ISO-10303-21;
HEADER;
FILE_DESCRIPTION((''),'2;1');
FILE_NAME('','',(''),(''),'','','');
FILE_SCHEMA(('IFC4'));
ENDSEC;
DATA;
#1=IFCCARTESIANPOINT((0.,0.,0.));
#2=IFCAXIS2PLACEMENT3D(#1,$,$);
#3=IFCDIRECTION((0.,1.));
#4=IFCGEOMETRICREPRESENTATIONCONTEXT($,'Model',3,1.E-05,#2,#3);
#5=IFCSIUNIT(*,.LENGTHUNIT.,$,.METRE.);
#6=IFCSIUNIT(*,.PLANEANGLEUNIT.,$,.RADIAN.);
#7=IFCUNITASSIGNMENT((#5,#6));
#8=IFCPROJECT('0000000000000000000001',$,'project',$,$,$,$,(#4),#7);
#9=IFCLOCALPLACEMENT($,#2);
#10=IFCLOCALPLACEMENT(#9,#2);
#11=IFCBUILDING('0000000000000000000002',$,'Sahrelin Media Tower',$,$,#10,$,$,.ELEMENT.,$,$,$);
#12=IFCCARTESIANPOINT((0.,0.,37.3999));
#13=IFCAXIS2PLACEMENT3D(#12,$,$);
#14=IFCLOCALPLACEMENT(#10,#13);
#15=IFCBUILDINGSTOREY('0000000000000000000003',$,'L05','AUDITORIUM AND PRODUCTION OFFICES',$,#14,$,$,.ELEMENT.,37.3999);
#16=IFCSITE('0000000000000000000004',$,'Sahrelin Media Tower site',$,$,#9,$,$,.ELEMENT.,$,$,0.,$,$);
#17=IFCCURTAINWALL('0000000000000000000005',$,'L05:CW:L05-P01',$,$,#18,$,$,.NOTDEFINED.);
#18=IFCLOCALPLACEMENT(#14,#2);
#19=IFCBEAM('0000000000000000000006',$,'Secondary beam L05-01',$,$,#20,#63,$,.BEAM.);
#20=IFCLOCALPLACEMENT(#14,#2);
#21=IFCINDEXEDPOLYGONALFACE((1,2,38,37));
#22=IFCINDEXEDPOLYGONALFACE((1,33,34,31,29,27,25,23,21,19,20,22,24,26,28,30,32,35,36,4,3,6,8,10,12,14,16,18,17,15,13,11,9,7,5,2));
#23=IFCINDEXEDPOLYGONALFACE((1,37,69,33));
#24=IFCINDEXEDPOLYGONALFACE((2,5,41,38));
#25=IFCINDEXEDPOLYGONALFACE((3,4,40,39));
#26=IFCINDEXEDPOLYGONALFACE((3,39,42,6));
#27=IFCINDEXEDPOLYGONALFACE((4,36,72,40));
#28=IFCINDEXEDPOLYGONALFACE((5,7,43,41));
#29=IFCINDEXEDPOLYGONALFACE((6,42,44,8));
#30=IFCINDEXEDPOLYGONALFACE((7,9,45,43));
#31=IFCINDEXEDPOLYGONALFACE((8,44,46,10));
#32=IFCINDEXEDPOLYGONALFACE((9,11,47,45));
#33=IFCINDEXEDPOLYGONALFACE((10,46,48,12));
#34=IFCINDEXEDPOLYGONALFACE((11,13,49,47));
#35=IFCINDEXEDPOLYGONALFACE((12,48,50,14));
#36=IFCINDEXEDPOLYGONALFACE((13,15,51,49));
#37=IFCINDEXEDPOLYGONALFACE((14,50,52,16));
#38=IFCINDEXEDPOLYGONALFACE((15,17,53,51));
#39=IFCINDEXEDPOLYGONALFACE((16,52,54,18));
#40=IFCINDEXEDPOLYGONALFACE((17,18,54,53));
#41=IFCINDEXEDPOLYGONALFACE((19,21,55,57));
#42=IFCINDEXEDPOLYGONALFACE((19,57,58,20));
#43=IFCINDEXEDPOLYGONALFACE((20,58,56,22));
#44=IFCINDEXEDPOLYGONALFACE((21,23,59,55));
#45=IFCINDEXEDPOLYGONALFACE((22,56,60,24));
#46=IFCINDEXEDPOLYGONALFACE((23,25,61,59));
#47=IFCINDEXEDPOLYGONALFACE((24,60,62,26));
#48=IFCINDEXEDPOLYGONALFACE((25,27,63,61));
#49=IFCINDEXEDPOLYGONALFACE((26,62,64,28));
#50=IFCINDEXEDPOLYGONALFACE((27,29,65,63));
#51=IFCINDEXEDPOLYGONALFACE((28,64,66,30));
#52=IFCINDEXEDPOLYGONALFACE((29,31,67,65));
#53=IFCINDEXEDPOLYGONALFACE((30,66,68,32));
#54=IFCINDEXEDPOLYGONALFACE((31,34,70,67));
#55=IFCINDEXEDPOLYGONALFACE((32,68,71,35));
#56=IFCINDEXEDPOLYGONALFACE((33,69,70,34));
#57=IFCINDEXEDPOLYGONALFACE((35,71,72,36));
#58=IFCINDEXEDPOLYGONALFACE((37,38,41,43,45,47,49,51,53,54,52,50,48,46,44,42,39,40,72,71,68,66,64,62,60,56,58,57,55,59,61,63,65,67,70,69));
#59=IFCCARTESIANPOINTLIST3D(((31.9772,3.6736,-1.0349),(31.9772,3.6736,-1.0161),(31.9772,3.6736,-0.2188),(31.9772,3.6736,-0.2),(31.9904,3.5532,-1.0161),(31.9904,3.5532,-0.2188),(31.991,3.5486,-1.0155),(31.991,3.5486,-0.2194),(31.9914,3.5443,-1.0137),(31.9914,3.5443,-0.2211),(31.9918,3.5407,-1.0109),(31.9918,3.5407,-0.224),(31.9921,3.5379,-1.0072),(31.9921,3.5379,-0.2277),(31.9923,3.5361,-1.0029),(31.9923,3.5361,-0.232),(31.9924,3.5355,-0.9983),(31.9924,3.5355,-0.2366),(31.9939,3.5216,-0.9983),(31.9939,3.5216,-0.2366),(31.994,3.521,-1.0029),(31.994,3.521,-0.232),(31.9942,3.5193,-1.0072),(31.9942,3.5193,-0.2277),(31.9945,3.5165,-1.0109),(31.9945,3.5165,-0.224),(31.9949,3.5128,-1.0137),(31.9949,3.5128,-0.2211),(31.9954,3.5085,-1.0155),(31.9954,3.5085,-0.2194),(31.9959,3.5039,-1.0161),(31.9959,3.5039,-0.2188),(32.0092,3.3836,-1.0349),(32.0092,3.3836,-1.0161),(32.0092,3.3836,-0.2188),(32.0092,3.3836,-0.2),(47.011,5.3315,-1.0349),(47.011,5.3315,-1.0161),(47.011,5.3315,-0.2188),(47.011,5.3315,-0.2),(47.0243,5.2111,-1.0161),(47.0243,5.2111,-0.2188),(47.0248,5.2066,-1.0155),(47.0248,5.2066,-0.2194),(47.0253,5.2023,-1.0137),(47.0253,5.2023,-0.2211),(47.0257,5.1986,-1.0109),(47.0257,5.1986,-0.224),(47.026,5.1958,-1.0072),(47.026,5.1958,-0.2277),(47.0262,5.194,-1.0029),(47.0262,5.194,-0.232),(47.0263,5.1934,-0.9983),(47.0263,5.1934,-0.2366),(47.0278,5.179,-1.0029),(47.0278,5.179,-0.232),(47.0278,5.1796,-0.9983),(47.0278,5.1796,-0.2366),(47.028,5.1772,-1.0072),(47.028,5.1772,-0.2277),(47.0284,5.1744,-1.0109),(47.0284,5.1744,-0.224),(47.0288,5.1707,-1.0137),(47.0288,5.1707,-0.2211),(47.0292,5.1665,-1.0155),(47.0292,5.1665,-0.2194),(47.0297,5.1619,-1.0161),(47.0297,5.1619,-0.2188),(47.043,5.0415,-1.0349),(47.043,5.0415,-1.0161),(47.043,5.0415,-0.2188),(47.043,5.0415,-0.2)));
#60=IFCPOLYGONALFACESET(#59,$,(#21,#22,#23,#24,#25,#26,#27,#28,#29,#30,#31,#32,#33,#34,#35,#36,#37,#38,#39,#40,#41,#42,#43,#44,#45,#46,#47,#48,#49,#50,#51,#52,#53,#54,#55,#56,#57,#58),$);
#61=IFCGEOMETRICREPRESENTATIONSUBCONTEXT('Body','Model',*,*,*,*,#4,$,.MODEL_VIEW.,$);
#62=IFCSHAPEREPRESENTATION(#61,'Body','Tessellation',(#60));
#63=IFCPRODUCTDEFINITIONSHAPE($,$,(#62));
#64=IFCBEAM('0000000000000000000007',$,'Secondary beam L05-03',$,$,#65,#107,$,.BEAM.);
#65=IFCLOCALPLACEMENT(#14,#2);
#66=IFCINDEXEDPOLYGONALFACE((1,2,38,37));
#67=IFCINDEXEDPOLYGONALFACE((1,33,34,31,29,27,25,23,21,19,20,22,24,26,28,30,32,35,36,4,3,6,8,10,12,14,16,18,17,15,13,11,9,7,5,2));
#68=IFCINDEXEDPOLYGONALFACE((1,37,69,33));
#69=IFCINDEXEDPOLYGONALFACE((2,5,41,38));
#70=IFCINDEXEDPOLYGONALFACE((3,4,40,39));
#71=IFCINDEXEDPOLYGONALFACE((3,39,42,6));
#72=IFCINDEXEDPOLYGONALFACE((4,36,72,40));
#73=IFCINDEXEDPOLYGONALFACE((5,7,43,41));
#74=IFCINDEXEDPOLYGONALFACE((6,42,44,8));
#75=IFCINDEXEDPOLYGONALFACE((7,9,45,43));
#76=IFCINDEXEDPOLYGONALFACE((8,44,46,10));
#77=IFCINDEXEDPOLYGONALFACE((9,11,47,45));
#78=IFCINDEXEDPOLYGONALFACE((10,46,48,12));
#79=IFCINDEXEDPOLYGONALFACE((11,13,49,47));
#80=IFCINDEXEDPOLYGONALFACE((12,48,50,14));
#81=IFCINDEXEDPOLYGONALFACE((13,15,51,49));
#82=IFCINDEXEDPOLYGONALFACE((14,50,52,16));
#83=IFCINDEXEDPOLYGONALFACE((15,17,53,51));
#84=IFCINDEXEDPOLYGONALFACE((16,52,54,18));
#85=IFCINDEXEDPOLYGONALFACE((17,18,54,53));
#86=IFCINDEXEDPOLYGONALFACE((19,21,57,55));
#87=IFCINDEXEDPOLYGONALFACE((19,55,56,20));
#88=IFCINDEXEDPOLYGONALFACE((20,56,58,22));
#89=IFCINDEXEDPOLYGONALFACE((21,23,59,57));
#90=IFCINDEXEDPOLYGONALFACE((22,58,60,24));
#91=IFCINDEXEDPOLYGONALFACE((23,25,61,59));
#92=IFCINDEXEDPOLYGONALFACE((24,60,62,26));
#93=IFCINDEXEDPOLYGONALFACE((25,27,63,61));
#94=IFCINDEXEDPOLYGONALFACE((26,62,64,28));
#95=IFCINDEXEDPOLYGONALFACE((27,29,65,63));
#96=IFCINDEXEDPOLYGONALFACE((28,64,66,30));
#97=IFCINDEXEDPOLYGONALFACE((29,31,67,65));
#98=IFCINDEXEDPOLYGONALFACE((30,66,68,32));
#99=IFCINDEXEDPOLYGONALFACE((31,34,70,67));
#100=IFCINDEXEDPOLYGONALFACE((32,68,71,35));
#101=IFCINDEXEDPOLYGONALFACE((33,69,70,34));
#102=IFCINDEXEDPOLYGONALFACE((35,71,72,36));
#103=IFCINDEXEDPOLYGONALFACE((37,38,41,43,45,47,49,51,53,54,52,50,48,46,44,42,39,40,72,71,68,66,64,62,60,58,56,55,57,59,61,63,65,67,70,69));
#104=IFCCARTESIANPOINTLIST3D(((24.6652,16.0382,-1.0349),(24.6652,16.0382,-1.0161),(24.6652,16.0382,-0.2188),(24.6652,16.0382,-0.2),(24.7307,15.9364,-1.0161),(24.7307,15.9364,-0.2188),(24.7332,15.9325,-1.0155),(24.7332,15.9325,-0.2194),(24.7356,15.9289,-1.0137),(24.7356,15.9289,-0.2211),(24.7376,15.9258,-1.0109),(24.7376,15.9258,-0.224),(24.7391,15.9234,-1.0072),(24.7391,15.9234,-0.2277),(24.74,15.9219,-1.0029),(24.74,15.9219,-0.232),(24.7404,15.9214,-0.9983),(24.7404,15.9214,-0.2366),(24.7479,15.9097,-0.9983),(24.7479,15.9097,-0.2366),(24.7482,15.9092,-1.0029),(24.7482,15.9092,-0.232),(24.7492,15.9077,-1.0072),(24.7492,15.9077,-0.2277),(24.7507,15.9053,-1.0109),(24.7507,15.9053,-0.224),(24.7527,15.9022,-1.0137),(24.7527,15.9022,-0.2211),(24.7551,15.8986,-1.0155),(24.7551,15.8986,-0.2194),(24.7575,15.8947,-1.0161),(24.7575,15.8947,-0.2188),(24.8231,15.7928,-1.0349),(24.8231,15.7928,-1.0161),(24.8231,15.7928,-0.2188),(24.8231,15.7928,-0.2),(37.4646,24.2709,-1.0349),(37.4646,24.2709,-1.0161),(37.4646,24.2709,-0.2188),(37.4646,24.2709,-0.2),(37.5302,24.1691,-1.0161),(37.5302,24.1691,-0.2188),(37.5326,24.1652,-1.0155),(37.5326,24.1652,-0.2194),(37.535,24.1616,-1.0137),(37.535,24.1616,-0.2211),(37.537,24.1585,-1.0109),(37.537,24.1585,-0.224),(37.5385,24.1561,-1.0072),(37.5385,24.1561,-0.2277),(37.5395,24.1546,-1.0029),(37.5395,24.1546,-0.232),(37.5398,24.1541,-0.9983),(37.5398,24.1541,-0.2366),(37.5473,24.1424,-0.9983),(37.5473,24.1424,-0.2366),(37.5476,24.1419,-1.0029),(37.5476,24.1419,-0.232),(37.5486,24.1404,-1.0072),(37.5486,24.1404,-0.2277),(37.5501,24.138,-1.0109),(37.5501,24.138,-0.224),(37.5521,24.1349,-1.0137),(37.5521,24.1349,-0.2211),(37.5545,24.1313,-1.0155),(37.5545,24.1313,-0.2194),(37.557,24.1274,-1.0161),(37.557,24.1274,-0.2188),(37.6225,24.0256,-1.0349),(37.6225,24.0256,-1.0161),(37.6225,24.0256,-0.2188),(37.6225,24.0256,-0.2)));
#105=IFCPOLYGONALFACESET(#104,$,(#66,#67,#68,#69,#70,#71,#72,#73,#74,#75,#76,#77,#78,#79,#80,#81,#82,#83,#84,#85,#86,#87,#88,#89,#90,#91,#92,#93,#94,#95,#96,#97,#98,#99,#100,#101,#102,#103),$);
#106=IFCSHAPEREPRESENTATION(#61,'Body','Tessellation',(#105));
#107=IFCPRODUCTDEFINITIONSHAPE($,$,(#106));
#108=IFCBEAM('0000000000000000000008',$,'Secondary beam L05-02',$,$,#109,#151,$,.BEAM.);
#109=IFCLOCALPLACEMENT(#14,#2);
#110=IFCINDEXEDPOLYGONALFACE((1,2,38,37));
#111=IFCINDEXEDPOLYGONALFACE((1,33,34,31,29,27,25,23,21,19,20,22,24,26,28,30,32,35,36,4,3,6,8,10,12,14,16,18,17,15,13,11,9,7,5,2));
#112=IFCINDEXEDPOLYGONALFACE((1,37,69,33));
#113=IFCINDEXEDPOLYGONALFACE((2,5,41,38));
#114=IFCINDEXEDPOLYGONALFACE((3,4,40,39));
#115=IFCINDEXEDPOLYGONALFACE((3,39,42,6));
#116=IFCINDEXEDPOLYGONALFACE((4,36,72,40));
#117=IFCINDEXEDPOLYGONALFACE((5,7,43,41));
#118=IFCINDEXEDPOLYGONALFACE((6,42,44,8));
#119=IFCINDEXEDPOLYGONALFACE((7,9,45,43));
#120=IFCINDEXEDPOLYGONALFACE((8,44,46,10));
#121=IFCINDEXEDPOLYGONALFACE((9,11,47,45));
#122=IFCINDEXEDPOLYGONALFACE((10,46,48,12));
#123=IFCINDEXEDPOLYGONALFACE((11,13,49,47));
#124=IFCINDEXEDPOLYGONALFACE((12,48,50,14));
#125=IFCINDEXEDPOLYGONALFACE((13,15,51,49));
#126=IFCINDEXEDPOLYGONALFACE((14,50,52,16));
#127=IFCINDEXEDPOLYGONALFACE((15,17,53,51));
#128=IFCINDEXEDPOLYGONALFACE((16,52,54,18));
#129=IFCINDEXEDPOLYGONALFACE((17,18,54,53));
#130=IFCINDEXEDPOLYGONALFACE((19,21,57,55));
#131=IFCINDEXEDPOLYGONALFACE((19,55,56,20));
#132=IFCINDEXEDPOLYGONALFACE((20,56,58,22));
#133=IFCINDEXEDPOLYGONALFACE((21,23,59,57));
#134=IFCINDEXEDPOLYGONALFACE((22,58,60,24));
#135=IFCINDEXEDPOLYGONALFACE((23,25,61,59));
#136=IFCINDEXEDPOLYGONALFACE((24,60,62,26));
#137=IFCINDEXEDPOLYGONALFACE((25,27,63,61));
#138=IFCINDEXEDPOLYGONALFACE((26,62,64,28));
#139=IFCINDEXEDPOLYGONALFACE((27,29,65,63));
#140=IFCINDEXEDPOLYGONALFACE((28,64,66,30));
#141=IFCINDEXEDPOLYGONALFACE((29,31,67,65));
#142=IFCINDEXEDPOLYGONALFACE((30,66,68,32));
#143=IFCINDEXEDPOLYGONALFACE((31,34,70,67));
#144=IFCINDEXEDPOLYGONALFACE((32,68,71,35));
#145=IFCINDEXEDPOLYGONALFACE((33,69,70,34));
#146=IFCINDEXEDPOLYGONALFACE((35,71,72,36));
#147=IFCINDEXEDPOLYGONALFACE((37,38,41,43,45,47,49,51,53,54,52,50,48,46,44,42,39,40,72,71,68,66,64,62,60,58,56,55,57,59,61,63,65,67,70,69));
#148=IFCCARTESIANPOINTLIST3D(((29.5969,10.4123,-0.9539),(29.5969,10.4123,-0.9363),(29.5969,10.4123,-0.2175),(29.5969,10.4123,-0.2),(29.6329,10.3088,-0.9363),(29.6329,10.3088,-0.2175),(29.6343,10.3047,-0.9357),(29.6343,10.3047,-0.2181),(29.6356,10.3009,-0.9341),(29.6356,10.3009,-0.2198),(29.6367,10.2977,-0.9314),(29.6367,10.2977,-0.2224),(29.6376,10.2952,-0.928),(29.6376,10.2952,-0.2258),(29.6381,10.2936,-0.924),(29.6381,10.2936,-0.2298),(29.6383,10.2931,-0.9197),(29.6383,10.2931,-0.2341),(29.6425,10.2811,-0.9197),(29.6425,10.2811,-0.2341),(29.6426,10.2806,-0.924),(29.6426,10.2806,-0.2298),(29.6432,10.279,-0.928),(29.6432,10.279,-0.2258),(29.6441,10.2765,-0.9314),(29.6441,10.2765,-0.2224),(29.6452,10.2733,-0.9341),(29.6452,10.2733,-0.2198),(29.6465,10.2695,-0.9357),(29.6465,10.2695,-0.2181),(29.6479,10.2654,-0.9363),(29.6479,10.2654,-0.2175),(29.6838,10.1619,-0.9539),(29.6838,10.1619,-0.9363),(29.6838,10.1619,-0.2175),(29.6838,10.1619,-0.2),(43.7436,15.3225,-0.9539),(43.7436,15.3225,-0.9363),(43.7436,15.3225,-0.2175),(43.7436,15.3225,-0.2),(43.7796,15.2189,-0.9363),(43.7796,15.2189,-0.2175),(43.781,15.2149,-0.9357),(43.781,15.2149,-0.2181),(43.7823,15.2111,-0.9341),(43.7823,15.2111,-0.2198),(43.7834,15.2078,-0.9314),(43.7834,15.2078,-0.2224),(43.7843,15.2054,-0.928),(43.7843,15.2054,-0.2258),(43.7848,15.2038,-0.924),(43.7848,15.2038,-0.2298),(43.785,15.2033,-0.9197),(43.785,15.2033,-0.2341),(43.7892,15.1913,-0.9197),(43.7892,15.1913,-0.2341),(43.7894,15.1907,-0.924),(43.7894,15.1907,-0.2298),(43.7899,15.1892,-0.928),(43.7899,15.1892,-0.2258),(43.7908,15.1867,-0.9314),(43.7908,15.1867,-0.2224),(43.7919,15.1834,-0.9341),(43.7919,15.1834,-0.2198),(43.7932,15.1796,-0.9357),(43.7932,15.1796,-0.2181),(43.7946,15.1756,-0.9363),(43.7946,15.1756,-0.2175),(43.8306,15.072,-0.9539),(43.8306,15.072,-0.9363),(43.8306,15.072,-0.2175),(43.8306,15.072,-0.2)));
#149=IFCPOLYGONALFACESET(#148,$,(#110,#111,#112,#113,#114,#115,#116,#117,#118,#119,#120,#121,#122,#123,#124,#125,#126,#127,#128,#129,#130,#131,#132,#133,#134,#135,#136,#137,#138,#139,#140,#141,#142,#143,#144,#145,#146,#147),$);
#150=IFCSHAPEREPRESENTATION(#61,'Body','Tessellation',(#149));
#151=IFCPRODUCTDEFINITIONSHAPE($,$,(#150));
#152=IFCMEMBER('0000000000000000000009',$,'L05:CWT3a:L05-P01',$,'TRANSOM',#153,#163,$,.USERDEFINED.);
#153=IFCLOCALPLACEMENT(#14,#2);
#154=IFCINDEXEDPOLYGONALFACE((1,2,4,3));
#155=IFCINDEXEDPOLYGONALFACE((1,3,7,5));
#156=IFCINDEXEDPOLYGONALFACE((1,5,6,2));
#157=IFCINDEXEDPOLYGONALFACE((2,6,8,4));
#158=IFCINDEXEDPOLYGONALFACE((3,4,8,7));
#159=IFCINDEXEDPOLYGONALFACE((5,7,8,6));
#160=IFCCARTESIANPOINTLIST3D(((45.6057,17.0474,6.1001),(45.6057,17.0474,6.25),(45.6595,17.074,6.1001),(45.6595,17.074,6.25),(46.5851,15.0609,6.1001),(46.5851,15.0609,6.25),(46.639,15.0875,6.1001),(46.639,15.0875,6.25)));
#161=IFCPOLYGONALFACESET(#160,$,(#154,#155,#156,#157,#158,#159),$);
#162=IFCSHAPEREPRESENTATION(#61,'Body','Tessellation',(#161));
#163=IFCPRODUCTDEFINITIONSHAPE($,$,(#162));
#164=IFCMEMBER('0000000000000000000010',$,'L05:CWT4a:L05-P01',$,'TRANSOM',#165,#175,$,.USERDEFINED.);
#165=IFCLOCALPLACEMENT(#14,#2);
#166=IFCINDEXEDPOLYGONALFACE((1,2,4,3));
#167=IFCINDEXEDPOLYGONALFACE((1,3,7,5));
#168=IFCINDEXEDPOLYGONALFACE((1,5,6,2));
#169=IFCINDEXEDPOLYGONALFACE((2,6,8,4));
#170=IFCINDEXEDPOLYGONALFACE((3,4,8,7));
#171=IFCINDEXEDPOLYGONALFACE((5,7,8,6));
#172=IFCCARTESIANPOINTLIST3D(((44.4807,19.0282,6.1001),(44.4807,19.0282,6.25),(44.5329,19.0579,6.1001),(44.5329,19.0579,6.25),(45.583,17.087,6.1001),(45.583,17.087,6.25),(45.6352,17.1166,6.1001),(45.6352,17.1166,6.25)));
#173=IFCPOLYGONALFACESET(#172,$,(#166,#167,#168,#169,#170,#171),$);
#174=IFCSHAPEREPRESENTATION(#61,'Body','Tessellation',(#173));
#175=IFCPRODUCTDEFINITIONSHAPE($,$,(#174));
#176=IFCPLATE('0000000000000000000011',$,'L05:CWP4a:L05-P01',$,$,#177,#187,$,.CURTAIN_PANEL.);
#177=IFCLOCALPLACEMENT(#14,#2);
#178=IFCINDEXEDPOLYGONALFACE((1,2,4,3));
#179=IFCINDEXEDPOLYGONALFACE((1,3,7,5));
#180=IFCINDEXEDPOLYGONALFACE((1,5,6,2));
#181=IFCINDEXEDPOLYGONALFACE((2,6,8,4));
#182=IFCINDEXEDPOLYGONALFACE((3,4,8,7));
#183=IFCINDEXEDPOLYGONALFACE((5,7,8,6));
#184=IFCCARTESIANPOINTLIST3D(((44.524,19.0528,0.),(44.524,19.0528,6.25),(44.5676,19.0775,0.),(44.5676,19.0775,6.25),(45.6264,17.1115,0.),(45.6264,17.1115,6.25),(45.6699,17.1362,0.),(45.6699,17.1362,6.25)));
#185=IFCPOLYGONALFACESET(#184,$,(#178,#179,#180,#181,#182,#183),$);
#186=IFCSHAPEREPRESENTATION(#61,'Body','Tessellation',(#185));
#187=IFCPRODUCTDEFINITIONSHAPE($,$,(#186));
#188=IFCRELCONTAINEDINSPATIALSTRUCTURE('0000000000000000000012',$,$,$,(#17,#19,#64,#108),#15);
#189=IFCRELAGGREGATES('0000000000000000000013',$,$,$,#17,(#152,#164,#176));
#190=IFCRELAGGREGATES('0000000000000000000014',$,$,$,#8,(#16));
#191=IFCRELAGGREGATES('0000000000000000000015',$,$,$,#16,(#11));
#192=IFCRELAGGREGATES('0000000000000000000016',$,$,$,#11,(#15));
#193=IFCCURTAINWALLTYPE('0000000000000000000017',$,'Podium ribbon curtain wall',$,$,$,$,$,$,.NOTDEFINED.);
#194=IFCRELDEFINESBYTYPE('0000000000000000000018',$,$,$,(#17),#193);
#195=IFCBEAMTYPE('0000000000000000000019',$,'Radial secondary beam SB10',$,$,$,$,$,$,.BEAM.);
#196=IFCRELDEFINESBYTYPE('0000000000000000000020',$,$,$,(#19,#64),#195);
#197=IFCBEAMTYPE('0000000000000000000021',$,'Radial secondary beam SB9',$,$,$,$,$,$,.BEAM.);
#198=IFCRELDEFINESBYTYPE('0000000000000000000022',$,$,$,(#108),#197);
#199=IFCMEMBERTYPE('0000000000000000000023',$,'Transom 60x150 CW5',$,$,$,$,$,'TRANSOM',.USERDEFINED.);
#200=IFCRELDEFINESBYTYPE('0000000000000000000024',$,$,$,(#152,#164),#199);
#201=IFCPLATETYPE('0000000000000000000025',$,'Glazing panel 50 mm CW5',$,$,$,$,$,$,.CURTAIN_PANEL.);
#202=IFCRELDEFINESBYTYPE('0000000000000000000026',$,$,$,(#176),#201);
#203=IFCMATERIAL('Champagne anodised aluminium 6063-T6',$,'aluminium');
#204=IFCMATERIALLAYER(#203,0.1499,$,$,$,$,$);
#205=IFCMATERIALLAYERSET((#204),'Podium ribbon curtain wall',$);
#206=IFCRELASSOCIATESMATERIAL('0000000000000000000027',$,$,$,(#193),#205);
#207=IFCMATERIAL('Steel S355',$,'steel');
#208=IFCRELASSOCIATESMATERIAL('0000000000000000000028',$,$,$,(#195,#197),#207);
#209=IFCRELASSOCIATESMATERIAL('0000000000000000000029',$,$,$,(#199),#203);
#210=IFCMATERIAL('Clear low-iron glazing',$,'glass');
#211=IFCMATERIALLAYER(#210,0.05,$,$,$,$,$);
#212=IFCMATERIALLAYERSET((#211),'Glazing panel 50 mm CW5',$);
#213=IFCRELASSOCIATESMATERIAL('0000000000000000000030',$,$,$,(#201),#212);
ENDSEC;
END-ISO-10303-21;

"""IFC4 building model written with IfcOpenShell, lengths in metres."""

from ifc_helpers import new_model, si_unit, direction, frame, origin, origin_2d, place, context, subcontext, project, spatial, polyline, rectangle, i_section, outline, extrude, material, layer, layer_set, material_profile, profile_set, type_object, element, aggregate, save


model = new_model("IFC4")

# Units and contexts
model_context = context("Model", 3, precision=1e-05, world=origin(), true_north=direction((0.0, 1.0)))
body_context = subcontext(model_context, "Body", "Model", "MODEL_VIEW")
ifc_project = project(units=[si_unit("LENGTHUNIT", "METRE"), si_unit("PLANEANGLEUNIT", "RADIAN")], contexts=[model_context])

# Site, building, storey
site_placement = place(None, origin())
site = spatial("IfcSite", under=ifc_project, at=site_placement, Name="Sahrelin Media Tower site", CompositionType="ELEMENT", RefElevation=0.0)
building_placement = place(site_placement, origin())
building = spatial("IfcBuilding", under=site, at=building_placement, Name="Sahrelin Media Tower", CompositionType="ELEMENT")
storey_placement = place(building_placement, frame((0.0, 0.0, 37.3999)))
storey = spatial("IfcBuildingStorey", under=building, at=storey_placement, Name="L05", Description="AUDITORIUM AND PRODUCTION OFFICES", CompositionType="ELEMENT", Elevation=37.3999)

# Curtain wall
ifc_material_1 = material(Name="Champagne anodised aluminium 6063-T6", Category="aluminium")
ifc_layer_1 = layer(ifc_material_1, 0.1499)
ifc_layer_set_1 = layer_set([ifc_layer_1], Name="Podium ribbon curtain wall")
curtain_wall_type = type_object("IfcCurtainWallType", Name="Podium ribbon curtain wall", PredefinedType="NOTDEFINED", material=ifc_layer_set_1)
curtain_wall_placement = place(storey_placement, frame((48.2964, 10.8704, 0.0), z_axis=(0.0, 0.0, 1.0), x_axis=(1.0, 0.0, 0.0)))
curtain_wall = element("IfcCurtainWall", 1, at=curtain_wall_placement, inside=storey, type_object=curtain_wall_type, Name="L05:CW:L05-P01", PredefinedType="NOTDEFINED")

# Beams
ifc_material_2 = material(Name="Steel S355", Category="steel")
ifc_material_profile_1 = material_profile(ifc_material_2, i_section(OverallWidth=0.2917, OverallDepth=0.835, WebThickness=0.0139, FlangeThickness=0.0188, FilletRadius=0.0178, at=origin_2d()), Name="UB 838x292x176")
ifc_profile_set_1 = profile_set([ifc_material_profile_1], Name="Steel S355")
beam_type_1 = type_object("IfcBeamType", Name="Radial secondary beam SB10", PredefinedType="BEAM", material=ifc_profile_set_1)
beam_1_placement = place(storey_placement, frame((31.9932, 3.5286, -0.6174), z_axis=(0.993974, 0.109617, 0.0), x_axis=(-0.109617, 0.993974, 0.0)))
element("IfcBeam", 2, at=beam_1_placement, inside=storey, type_object=beam_type_1, Name="Secondary beam L05-01", PredefinedType="BEAM", context=body_context, shape_type="SweptSolid", body=[
    extrude(i_section(OverallWidth=0.2917, OverallDepth=0.835, WebThickness=0.0139, FlangeThickness=0.0188, FilletRadius=0.0178, at=origin_2d()), origin(), (0.0, 0.0, 1.0), 15.125),
])
beam_2_placement = place(storey_placement, frame((24.7441, 15.9155, -0.6174), z_axis=(0.841043, 0.540968, 0.0), x_axis=(-0.540968, 0.841043, 0.0)))
element("IfcBeam", 3, at=beam_2_placement, inside=storey, type_object=beam_type_1, Name="Secondary beam L05-03", PredefinedType="BEAM", context=body_context, shape_type="SweptSolid", body=[
    extrude(i_section(OverallWidth=0.2917, OverallDepth=0.835, WebThickness=0.0139, FlangeThickness=0.0188, FilletRadius=0.0178, at=origin_2d()), origin(), (0.0, 0.0, 1.0), 15.2185),
])
ifc_material_profile_2 = material_profile(ifc_material_2, i_section(OverallWidth=0.2651, OverallDepth=0.7539, WebThickness=0.0127, FlangeThickness=0.0176, FilletRadius=0.0166, at=origin_2d()), Name="UB 762x267x147")
ifc_profile_set_2 = profile_set([ifc_material_profile_2], Name="Steel S355")
beam_type_2 = type_object("IfcBeamType", Name="Radial secondary beam SB9", PredefinedType="BEAM", material=ifc_profile_set_2)
beam_3_placement = place(storey_placement, frame((29.6404, 10.2871, -0.5769), z_axis=(0.944713, 0.327898, 0.0), x_axis=(-0.327898, 0.944713, 0.0)))
element("IfcBeam", 4, at=beam_3_placement, inside=storey, type_object=beam_type_2, Name="Secondary beam L05-02", PredefinedType="BEAM", context=body_context, shape_type="SweptSolid", body=[
    extrude(i_section(OverallWidth=0.2651, OverallDepth=0.7539, WebThickness=0.0127, FlangeThickness=0.0176, FilletRadius=0.0166, at=origin_2d()), origin(), (0.0, 0.0, 1.0), 14.9746),
])

# Members
ifc_material_profile_3 = material_profile(ifc_material_1, rectangle(XDim=0.0601, YDim=0.1499, at=origin_2d()), Name="Transom 60x150")
ifc_profile_set_3 = profile_set([ifc_material_profile_3], Name="Champagne anodised aluminium 6063-T6")
member_type_1 = type_object("IfcMemberType", Name="Transom 60x150 CW5", ElementType="TRANSOM", PredefinedType="USERDEFINED", material=ifc_profile_set_3)
member_1_placement = place(storey_placement, frame((46.6121, 15.0742, 6.175), z_axis=(-0.442224, 0.896904, 0.0), x_axis=(-0.896904, -0.442224, 0.0)))
member_1 = element("IfcMember", 5, at=member_1_placement, type_object=member_type_1, Name="L05:CWT3a:L05-P01", ObjectType="TRANSOM", PredefinedType="USERDEFINED", context=body_context, shape_type="SweptSolid", body=[
    extrude(rectangle(XDim=0.0601, YDim=0.1499, at=origin_2d()), origin(), (0.0, 0.0, 1.0), 2.2148),
])
member_2_placement = place(storey_placement, frame((45.6091, 17.1018, 6.175), z_axis=(-0.493793, 0.869579, 0.0), x_axis=(-0.869579, -0.493793, 0.0)))
member_2 = element("IfcMember", 6, at=member_2_placement, type_object=member_type_1, Name="L05:CWT4a:L05-P01", ObjectType="TRANSOM", PredefinedType="USERDEFINED", context=body_context, shape_type="SweptSolid", body=[
    extrude(rectangle(XDim=0.0601, YDim=0.1499, at=origin_2d()), origin(), (0.0, 0.0, 1.0), 2.2324),
])

# Plate
ifc_material_3 = material(Name="Clear low-iron glazing", Category="glass")
ifc_layer_2 = layer(ifc_material_3, 0.05)
ifc_layer_set_2 = layer_set([ifc_layer_2], Name="Glazing panel 50 mm CW5")
plate_type = type_object("IfcPlateType", Name="Glazing panel 50 mm CW5", PredefinedType="CURTAIN_PANEL", material=ifc_layer_set_2)
plate_placement = place(storey_placement, frame((45.6699, 17.1362, 0.0), z_axis=(0.869579, 0.493793, 0.0), x_axis=(-0.493793, 0.869579, 0.0)))
plate = element("IfcPlate", 7, at=plate_placement, type_object=plate_type, Name="L05:CWP4a:L05-P01", PredefinedType="CURTAIN_PANEL", context=body_context, shape_type="SweptSolid", body=[
    extrude(outline(polyline([(0.0, 0.0), (2.2324, 0.0), (2.2324, 6.25), (0.0, 6.25), (0.0, 0.0)])), origin(), (0.0, 0.0, -1.0), 0.05),
])
aggregate(curtain_wall, [member_1, member_2, plate])

save(model, "model.ifc")
